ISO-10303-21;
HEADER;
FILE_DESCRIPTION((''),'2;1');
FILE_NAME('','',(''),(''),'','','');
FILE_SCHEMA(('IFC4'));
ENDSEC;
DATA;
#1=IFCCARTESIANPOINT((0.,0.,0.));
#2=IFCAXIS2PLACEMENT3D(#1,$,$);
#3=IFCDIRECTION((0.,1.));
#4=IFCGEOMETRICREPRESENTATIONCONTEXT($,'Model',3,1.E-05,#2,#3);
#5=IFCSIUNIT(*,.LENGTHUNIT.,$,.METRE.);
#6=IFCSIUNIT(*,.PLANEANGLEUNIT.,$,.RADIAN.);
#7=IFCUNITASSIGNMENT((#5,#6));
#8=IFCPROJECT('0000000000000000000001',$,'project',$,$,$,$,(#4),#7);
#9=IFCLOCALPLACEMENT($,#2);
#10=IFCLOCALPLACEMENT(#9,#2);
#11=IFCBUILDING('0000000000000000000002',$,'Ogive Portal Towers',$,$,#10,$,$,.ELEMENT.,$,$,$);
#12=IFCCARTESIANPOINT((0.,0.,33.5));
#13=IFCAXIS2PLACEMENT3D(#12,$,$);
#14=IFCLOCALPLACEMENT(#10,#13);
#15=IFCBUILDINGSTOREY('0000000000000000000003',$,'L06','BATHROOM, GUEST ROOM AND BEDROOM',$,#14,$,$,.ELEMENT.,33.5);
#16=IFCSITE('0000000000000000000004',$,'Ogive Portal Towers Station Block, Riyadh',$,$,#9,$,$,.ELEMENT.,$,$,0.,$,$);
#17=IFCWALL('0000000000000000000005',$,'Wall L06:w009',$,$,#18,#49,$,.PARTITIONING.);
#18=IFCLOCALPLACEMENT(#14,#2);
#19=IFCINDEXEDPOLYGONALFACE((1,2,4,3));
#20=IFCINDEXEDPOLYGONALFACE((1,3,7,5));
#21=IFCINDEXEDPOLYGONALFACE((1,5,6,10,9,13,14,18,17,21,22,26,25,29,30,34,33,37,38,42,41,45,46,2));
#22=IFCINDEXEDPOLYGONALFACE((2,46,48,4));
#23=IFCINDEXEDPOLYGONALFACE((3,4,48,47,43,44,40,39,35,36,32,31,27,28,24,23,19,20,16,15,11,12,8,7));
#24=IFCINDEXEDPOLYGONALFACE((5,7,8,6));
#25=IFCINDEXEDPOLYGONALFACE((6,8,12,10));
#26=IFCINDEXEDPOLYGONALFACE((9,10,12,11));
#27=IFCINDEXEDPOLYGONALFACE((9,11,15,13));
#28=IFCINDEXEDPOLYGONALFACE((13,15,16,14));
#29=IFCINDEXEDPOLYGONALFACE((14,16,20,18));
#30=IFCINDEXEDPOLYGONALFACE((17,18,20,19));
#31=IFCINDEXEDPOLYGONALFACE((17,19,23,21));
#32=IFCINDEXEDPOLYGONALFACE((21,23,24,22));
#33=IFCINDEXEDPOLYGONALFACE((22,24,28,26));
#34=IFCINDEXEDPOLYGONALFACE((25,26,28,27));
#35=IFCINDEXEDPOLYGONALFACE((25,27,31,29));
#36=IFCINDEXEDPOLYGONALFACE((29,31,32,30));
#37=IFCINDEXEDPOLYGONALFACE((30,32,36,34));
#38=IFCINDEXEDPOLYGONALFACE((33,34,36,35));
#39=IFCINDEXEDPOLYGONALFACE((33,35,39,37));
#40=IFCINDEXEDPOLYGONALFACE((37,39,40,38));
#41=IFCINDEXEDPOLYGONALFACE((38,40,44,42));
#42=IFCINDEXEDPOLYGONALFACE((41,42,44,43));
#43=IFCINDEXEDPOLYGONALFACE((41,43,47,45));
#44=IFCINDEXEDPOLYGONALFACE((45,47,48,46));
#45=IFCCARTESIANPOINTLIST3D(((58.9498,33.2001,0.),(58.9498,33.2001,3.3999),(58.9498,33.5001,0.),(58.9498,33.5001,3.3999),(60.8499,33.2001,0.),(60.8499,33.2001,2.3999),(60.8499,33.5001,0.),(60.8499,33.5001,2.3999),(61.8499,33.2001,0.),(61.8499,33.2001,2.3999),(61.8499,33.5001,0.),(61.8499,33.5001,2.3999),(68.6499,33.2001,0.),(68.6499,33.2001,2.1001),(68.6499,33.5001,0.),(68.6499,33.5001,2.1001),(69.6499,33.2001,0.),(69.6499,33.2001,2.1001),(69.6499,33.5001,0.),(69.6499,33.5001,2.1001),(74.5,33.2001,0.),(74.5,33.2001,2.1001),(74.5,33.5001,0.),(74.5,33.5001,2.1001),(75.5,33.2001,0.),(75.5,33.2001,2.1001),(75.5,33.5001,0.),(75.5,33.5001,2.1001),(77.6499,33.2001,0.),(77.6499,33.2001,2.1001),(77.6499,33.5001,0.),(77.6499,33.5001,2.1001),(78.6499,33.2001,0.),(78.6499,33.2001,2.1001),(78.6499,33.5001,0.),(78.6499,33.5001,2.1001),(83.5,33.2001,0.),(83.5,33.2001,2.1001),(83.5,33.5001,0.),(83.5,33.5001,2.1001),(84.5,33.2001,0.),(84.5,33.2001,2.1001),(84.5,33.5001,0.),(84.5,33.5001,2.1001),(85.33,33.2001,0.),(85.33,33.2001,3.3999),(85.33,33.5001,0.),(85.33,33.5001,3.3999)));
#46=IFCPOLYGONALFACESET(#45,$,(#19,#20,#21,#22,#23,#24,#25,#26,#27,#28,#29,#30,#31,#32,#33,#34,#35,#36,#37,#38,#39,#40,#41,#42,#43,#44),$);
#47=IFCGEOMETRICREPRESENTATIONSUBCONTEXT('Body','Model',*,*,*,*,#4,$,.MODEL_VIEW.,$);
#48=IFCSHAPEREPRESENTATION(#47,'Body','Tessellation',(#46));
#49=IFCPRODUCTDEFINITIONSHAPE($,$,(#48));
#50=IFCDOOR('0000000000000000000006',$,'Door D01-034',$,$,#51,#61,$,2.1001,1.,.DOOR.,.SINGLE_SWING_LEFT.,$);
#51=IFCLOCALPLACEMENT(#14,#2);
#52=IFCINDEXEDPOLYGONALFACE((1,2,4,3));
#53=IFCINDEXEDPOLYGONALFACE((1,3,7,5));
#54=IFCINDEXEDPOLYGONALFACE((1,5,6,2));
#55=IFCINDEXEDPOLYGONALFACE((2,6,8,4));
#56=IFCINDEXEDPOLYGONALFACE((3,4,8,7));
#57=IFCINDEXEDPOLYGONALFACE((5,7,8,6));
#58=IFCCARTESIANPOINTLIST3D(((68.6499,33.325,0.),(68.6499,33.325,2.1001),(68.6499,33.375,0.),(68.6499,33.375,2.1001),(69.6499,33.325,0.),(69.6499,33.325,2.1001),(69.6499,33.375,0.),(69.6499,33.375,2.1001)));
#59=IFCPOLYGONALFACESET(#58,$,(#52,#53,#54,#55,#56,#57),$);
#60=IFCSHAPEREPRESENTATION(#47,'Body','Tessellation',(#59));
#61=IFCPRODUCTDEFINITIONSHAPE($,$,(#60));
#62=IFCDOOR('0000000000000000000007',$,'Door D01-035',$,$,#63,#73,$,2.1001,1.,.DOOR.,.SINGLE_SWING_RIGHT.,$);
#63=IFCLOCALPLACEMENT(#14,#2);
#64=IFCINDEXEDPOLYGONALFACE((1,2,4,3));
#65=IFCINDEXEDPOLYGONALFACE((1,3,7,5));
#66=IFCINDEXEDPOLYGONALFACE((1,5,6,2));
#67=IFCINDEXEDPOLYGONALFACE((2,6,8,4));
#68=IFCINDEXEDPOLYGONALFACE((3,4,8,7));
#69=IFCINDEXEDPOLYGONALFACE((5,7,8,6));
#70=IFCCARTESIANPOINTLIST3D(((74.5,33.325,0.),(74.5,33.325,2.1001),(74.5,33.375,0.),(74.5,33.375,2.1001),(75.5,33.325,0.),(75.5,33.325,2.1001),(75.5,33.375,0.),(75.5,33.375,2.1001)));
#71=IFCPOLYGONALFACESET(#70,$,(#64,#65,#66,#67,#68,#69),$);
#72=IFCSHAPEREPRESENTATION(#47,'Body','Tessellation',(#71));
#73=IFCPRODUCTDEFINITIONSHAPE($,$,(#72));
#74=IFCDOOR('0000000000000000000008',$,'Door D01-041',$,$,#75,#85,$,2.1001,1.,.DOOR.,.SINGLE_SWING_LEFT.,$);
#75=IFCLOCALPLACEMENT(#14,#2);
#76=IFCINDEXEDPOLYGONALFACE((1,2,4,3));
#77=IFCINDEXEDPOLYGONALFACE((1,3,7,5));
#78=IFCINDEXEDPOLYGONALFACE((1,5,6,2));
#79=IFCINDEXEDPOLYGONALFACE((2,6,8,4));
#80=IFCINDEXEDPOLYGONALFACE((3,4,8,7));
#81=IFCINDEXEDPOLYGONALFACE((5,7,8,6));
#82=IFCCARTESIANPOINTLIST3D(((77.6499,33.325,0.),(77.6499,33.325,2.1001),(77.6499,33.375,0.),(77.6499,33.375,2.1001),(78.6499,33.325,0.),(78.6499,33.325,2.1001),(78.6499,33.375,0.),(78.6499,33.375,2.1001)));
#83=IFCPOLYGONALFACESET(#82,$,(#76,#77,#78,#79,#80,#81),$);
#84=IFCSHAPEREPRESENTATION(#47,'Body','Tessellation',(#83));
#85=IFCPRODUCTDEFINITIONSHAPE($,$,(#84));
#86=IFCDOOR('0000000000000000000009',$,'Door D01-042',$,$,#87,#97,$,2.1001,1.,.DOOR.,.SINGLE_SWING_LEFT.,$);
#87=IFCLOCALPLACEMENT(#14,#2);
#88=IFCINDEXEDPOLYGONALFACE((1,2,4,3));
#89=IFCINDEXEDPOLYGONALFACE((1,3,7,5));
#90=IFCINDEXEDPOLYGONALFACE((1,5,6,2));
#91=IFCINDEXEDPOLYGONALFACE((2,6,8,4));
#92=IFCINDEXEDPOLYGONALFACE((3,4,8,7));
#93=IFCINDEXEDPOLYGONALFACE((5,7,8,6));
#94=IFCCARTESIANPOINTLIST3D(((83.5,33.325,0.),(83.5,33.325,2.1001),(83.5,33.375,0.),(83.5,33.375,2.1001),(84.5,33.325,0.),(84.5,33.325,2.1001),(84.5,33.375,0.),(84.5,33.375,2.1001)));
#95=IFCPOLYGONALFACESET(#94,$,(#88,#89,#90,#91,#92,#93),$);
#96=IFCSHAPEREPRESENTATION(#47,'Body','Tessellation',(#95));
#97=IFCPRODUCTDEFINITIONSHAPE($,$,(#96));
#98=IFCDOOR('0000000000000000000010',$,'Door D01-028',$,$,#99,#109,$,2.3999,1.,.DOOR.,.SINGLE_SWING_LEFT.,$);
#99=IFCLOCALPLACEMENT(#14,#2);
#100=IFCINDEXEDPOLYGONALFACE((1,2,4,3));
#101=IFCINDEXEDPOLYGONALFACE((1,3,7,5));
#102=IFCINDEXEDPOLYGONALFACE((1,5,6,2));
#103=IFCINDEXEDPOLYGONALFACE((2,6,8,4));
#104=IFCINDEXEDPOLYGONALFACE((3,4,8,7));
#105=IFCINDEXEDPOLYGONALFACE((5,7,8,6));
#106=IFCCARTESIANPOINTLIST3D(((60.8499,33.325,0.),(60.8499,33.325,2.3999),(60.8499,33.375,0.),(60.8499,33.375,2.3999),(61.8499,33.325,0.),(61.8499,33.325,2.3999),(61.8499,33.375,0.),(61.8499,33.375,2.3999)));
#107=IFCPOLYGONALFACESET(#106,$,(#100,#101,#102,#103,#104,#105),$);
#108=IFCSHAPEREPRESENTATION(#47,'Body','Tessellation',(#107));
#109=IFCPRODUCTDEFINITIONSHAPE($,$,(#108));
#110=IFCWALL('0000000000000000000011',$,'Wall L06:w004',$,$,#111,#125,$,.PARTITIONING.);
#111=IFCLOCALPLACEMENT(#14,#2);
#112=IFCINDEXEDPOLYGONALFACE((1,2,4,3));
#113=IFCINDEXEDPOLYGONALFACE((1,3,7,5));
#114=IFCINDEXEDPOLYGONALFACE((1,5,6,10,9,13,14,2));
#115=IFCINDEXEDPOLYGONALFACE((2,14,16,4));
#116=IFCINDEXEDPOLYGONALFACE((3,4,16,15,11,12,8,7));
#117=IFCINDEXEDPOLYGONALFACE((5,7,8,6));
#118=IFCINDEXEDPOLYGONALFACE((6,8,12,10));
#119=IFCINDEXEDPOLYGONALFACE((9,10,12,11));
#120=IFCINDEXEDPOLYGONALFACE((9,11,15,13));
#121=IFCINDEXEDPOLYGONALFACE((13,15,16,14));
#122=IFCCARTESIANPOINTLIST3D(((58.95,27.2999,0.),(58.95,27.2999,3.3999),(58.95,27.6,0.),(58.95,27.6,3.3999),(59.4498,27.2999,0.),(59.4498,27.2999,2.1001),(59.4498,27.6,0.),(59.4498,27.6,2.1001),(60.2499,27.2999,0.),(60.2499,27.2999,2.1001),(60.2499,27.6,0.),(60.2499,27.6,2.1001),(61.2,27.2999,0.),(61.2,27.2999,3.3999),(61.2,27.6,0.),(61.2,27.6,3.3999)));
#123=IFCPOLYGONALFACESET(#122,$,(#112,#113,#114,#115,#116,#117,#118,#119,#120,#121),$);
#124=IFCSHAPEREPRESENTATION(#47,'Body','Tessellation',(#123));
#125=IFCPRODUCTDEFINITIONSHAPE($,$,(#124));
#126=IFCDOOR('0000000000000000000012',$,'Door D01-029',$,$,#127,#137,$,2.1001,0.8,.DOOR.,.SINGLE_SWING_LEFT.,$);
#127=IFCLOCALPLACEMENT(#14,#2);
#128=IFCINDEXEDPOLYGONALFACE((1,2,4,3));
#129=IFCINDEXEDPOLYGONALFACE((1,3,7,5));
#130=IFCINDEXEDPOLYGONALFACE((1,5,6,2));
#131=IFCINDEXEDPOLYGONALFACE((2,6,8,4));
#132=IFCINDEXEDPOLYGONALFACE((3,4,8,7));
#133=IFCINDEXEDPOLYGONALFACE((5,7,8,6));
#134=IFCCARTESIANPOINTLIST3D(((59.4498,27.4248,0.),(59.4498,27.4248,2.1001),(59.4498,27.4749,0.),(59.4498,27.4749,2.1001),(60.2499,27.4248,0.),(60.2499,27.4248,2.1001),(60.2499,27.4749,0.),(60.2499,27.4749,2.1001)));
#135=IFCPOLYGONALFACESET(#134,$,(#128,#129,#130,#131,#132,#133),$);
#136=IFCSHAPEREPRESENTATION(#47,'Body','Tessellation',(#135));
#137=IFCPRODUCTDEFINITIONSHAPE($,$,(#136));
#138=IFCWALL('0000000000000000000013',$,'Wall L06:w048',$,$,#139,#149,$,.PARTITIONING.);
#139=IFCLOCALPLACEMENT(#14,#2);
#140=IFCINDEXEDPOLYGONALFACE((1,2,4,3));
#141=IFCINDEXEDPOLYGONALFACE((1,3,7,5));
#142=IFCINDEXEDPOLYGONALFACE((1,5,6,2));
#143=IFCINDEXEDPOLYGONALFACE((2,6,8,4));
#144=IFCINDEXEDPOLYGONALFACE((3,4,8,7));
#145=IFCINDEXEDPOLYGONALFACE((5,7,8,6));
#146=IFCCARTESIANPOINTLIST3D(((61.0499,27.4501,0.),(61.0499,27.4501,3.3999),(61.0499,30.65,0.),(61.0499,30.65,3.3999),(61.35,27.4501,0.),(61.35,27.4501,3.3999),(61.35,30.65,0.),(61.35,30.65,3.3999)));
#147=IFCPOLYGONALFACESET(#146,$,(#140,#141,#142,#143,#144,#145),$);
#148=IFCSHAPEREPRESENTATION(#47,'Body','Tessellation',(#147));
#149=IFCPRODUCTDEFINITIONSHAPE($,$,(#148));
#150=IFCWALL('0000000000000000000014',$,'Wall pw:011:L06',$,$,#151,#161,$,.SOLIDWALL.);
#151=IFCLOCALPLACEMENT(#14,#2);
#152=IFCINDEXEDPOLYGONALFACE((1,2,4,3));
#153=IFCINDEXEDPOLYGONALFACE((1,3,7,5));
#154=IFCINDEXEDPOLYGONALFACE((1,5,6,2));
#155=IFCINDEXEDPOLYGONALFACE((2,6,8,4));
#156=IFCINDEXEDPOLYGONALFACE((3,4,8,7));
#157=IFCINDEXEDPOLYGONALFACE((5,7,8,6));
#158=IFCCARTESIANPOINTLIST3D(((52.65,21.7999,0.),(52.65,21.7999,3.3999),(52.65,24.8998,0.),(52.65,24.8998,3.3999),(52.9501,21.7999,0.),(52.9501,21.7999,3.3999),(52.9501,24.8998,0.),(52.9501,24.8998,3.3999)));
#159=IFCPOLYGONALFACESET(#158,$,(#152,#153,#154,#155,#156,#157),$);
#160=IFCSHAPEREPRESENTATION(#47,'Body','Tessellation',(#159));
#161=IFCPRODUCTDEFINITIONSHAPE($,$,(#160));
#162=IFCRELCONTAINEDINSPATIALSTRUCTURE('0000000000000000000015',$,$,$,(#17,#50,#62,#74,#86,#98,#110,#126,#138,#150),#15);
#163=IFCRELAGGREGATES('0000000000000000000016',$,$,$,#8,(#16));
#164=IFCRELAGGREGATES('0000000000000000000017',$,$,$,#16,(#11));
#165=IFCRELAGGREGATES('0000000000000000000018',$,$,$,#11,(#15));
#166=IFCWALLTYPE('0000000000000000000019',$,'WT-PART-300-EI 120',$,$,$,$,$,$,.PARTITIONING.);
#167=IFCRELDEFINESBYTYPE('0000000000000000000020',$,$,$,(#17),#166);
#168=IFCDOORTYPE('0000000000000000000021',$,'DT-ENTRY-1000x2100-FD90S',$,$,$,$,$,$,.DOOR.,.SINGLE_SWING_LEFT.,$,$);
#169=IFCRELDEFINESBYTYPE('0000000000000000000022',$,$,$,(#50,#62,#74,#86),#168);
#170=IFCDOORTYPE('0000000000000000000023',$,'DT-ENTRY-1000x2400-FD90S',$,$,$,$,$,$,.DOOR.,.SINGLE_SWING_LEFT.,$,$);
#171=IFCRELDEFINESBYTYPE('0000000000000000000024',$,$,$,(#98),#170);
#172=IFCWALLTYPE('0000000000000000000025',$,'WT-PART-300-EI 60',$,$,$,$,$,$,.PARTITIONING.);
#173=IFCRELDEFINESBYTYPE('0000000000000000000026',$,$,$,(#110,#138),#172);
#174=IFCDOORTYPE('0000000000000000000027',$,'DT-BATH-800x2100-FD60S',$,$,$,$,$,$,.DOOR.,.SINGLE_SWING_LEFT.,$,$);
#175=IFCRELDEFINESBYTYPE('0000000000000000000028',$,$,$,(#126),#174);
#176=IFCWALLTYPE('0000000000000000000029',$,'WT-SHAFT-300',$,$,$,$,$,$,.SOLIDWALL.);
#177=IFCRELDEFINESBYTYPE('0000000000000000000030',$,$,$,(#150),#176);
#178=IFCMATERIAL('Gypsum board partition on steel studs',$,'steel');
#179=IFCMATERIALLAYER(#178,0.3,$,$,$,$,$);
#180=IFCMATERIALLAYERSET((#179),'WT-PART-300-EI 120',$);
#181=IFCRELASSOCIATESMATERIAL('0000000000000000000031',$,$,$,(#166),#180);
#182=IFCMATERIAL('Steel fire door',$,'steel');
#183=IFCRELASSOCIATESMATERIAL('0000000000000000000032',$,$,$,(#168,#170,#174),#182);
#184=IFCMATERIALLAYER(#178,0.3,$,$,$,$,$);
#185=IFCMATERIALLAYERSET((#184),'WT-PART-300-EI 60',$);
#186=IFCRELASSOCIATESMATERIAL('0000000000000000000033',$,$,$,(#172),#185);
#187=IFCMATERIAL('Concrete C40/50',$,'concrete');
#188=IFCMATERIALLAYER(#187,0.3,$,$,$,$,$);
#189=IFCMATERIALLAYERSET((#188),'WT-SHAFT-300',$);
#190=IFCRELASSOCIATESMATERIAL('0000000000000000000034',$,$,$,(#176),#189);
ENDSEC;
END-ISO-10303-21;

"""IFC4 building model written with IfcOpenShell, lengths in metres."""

from ifc_helpers import new_model, si_unit, direction, frame, frame_2d, origin, place, context, subcontext, project, spatial, rectangle, extrude, material, layer, layer_set, type_object, element, fill, save


model = new_model("IFC4")

# Units and contexts
model_context = context("Model", 3, precision=1e-05, world=origin(), true_north=direction((0.0, 1.0)))
body_context = subcontext(model_context, "Body", "Model", "MODEL_VIEW")
ifc_project = project(units=[si_unit("LENGTHUNIT", "METRE"), si_unit("PLANEANGLEUNIT", "RADIAN")], contexts=[model_context])

# Site, building, storey
site_placement = place(None, origin())
site = spatial("IfcSite", under=ifc_project, at=site_placement, Name="Ogive Portal Towers Station Block, Riyadh", CompositionType="ELEMENT", RefElevation=0.0)
building_placement = place(site_placement, origin())
building = spatial("IfcBuilding", under=site, at=building_placement, Name="Ogive Portal Towers", CompositionType="ELEMENT")
storey_placement = place(building_placement, frame((0.0, 0.0, 33.5)))
storey = spatial("IfcBuildingStorey", under=building, at=storey_placement, Name="L06", Description="BATHROOM, GUEST ROOM AND BEDROOM", CompositionType="ELEMENT", Elevation=33.5)

# Shared definitions
ifc_material_1 = material(Name="Gypsum board partition on steel studs", Category="steel")
ifc_material_2 = material(Name="Steel fire door", Category="steel")

# Wall, openings, doors
ifc_layer_1 = layer(ifc_material_1, 0.3)
ifc_layer_set_1 = layer_set([ifc_layer_1], Name="WT-PART-300-EI 120")
wall_type_1 = type_object("IfcWallType", Name="WT-PART-300-EI 120", PredefinedType="PARTITIONING", material=ifc_layer_set_1)
door_type_1 = type_object("IfcDoorType", Name="DT-ENTRY-1000x2100-FD90S", OperationType="SINGLE_SWING_LEFT", PredefinedType="DOOR", material=ifc_material_2)
door_type_2 = type_object("IfcDoorType", Name="DT-ENTRY-1000x2400-FD90S", OperationType="SINGLE_SWING_LEFT", PredefinedType="DOOR", material=ifc_material_2)
wall_1_placement = place(storey_placement, frame((58.95, 33.3501, 0.0), z_axis=(0.0, 0.0, 1.0), x_axis=(1.0, 0.0, 0.0)))
wall_1 = element("IfcWall", 1, at=wall_1_placement, inside=storey, type_object=wall_type_1, Name="Wall L06:w009", PredefinedType="PARTITIONING", context=body_context, shape_type="SweptSolid", body=[
    extrude(rectangle(XDim=26.3801, YDim=0.3, at=frame_2d((13.1899, 0.0))), origin(), (0.0, 0.0, 1.0), 3.3999),
])
opening_1_placement = place(wall_1_placement, frame((1.8999, 0.0, 0.0)))
opening_1 = element("IfcOpeningElement", 2, at=opening_1_placement, cuts=wall_1, PredefinedType="OPENING", context=body_context, shape_type="SweptSolid", body=[
    extrude(rectangle(XDim=1.0, YDim=2.3999, at=frame_2d((0.5, 1.2))), frame((0.0, 0.1602, 0.0), z_axis=(0.0, -1.0, 0.0), x_axis=(1.0, 0.0, 0.0)), (0.0, 0.0, 1.0), 0.3201),
])
opening_2_placement = place(wall_1_placement, frame((9.7, 0.0, 0.0)))
opening_2 = element("IfcOpeningElement", 3, at=opening_2_placement, cuts=wall_1, PredefinedType="OPENING", context=body_context, shape_type="SweptSolid", body=[
    extrude(rectangle(XDim=1.0, YDim=2.1001, at=frame_2d((0.5, 1.05))), frame((0.0, 0.1602, 0.0), z_axis=(0.0, -1.0, 0.0), x_axis=(1.0, 0.0, 0.0)), (0.0, 0.0, 1.0), 0.3201),
])
opening_3_placement = place(wall_1_placement, frame((15.55, 0.0, 0.0)))
opening_3 = element("IfcOpeningElement", 4, at=opening_3_placement, cuts=wall_1, PredefinedType="OPENING", context=body_context, shape_type="SweptSolid", body=[
    extrude(rectangle(XDim=1.0, YDim=2.1001, at=frame_2d((0.5, 1.05))), frame((0.0, 0.1602, 0.0), z_axis=(0.0, -1.0, 0.0), x_axis=(1.0, 0.0, 0.0)), (0.0, 0.0, 1.0), 0.3201),
])
opening_4_placement = place(wall_1_placement, frame((18.7, 0.0, 0.0)))
opening_4 = element("IfcOpeningElement", 5, at=opening_4_placement, cuts=wall_1, PredefinedType="OPENING", context=body_context, shape_type="SweptSolid", body=[
    extrude(rectangle(XDim=1.0, YDim=2.1001, at=frame_2d((0.5, 1.05))), frame((0.0, 0.1602, 0.0), z_axis=(0.0, -1.0, 0.0), x_axis=(1.0, 0.0, 0.0)), (0.0, 0.0, 1.0), 0.3201),
])
opening_5_placement = place(wall_1_placement, frame((24.55, 0.0, 0.0)))
opening_5 = element("IfcOpeningElement", 6, at=opening_5_placement, cuts=wall_1, PredefinedType="OPENING", context=body_context, shape_type="SweptSolid", body=[
    extrude(rectangle(XDim=1.0, YDim=2.1001, at=frame_2d((0.5, 1.05))), frame((0.0, 0.1602, 0.0), z_axis=(0.0, -1.0, 0.0), x_axis=(1.0, 0.0, 0.0)), (0.0, 0.0, 1.0), 0.3201),
])
door_1_placement = place(opening_2_placement, origin())
door_1 = element("IfcDoor", 7, at=door_1_placement, inside=storey, type_object=door_type_1, Name="Door D01-034", OperationType="SINGLE_SWING_LEFT", OverallHeight=2.1001, OverallWidth=1.0, PredefinedType="DOOR", context=body_context, shape_type="SweptSolid", body=[
    extrude(rectangle(XDim=1.0, YDim=2.1001, at=frame_2d((0.5, 1.05))), frame((0.0, 0.0249, 0.0), z_axis=(0.0, -1.0, 0.0), x_axis=(1.0, 0.0, 0.0)), (0.0, 0.0, 1.0), 0.05),
])
fill(opening_2, door_1)
door_2_placement = place(opening_3_placement, origin())
door_2 = element("IfcDoor", 8, at=door_2_placement, inside=storey, type_object=door_type_1, Name="Door D01-035", OperationType="SINGLE_SWING_RIGHT", OverallHeight=2.1001, OverallWidth=1.0, PredefinedType="DOOR", context=body_context, shape_type="SweptSolid", body=[
    extrude(rectangle(XDim=1.0, YDim=2.1001, at=frame_2d((0.5, 1.05))), frame((0.0, 0.0249, 0.0), z_axis=(0.0, -1.0, 0.0), x_axis=(1.0, 0.0, 0.0)), (0.0, 0.0, 1.0), 0.05),
])
fill(opening_3, door_2)
door_3_placement = place(opening_4_placement, origin())
door_3 = element("IfcDoor", 9, at=door_3_placement, inside=storey, type_object=door_type_1, Name="Door D01-041", OperationType="SINGLE_SWING_LEFT", OverallHeight=2.1001, OverallWidth=1.0, PredefinedType="DOOR", context=body_context, shape_type="SweptSolid", body=[
    extrude(rectangle(XDim=1.0, YDim=2.1001, at=frame_2d((0.5, 1.05))), frame((0.0, 0.0249, 0.0), z_axis=(0.0, -1.0, 0.0), x_axis=(1.0, 0.0, 0.0)), (0.0, 0.0, 1.0), 0.05),
])
fill(opening_4, door_3)
door_4_placement = place(opening_5_placement, origin())
door_4 = element("IfcDoor", 10, at=door_4_placement, inside=storey, type_object=door_type_1, Name="Door D01-042", OperationType="SINGLE_SWING_LEFT", OverallHeight=2.1001, OverallWidth=1.0, PredefinedType="DOOR", context=body_context, shape_type="SweptSolid", body=[
    extrude(rectangle(XDim=1.0, YDim=2.1001, at=frame_2d((0.5, 1.05))), frame((0.0, 0.0249, 0.0), z_axis=(0.0, -1.0, 0.0), x_axis=(1.0, 0.0, 0.0)), (0.0, 0.0, 1.0), 0.05),
])
fill(opening_5, door_4)
door_5_placement = place(opening_1_placement, origin())
door_5 = element("IfcDoor", 11, at=door_5_placement, inside=storey, type_object=door_type_2, Name="Door D01-028", OperationType="SINGLE_SWING_LEFT", OverallHeight=2.3999, OverallWidth=1.0, PredefinedType="DOOR", context=body_context, shape_type="SweptSolid", body=[
    extrude(rectangle(XDim=1.0, YDim=2.3999, at=frame_2d((0.5, 1.2))), frame((0.0, 0.0249, 0.0), z_axis=(0.0, -1.0, 0.0), x_axis=(1.0, 0.0, 0.0)), (0.0, 0.0, 1.0), 0.05),
])
fill(opening_1, door_5)

# Wall, opening, door
ifc_layer_2 = layer(ifc_material_1, 0.3)
ifc_layer_set_2 = layer_set([ifc_layer_2], Name="WT-PART-300-EI 60")
wall_type_2 = type_object("IfcWallType", Name="WT-PART-300-EI 60", PredefinedType="PARTITIONING", material=ifc_layer_set_2)
wall_2_placement = place(storey_placement, frame((58.95, 27.45, 0.0), z_axis=(0.0, 0.0, 1.0), x_axis=(1.0, 0.0, 0.0)))
wall_2 = element("IfcWall", 12, at=wall_2_placement, inside=storey, type_object=wall_type_2, Name="Wall L06:w004", PredefinedType="PARTITIONING", context=body_context, shape_type="SweptSolid", body=[
    extrude(rectangle(XDim=2.25, YDim=0.3, at=frame_2d((1.125, 0.0))), origin(), (0.0, 0.0, 1.0), 3.3999),
])
opening_6_placement = place(wall_2_placement, frame((0.5, 0.0, 0.0)))
opening_6 = element("IfcOpeningElement", 13, at=opening_6_placement, cuts=wall_2, PredefinedType="OPENING", context=body_context, shape_type="SweptSolid", body=[
    extrude(rectangle(XDim=0.8, YDim=2.1001, at=frame_2d((0.3999, 1.05))), frame((0.0, 0.1602, 0.0), z_axis=(0.0, -1.0, 0.0), x_axis=(1.0, 0.0, 0.0)), (0.0, 0.0, 1.0), 0.3201),
])
door_type_3 = type_object("IfcDoorType", Name="DT-BATH-800x2100-FD60S", OperationType="SINGLE_SWING_LEFT", PredefinedType="DOOR", material=ifc_material_2)
door_6_placement = place(opening_6_placement, origin())
door_6 = element("IfcDoor", 14, at=door_6_placement, inside=storey, type_object=door_type_3, Name="Door D01-029", OperationType="SINGLE_SWING_LEFT", OverallHeight=2.1001, OverallWidth=0.8, PredefinedType="DOOR", context=body_context, shape_type="SweptSolid", body=[
    extrude(rectangle(XDim=0.8, YDim=2.1001, at=frame_2d((0.3999, 1.05))), frame((0.0, 0.0249, 0.0), z_axis=(0.0, -1.0, 0.0), x_axis=(1.0, 0.0, 0.0)), (0.0, 0.0, 1.0), 0.05),
])
fill(opening_6, door_6)

# Walls
wall_3_placement = place(storey_placement, frame((61.2, 27.45, 0.0), z_axis=(0.0, 0.0, 1.0), x_axis=(0.0, 1.0, 0.0)))
element("IfcWall", 15, at=wall_3_placement, inside=storey, type_object=wall_type_2, Name="Wall L06:w048", PredefinedType="PARTITIONING", context=body_context, shape_type="SweptSolid", body=[
    extrude(rectangle(XDim=3.2, YDim=0.3, at=frame_2d((1.6001, 0.0))), origin(), (0.0, 0.0, 1.0), 3.3999),
])
ifc_material_3 = material(Name="Concrete C40/50", Category="concrete")
ifc_layer_3 = layer(ifc_material_3, 0.3)
ifc_layer_set_3 = layer_set([ifc_layer_3], Name="WT-SHAFT-300")
wall_type_3 = type_object("IfcWallType", Name="WT-SHAFT-300", PredefinedType="SOLIDWALL", material=ifc_layer_set_3)
wall_4_placement = place(storey_placement, frame((52.8, 21.8, 0.0), z_axis=(0.0, 0.0, 1.0), x_axis=(0.0, 1.0, 0.0)))
element("IfcWall", 16, at=wall_4_placement, inside=storey, type_object=wall_type_3, Name="Wall pw:011:L06", PredefinedType="SOLIDWALL", context=body_context, shape_type="SweptSolid", body=[
    extrude(rectangle(XDim=3.0999, YDim=0.3, at=frame_2d((1.5498, 0.0))), origin(), (0.0, 0.0, 1.0), 3.3999),
])

save(model, "model.ifc")
